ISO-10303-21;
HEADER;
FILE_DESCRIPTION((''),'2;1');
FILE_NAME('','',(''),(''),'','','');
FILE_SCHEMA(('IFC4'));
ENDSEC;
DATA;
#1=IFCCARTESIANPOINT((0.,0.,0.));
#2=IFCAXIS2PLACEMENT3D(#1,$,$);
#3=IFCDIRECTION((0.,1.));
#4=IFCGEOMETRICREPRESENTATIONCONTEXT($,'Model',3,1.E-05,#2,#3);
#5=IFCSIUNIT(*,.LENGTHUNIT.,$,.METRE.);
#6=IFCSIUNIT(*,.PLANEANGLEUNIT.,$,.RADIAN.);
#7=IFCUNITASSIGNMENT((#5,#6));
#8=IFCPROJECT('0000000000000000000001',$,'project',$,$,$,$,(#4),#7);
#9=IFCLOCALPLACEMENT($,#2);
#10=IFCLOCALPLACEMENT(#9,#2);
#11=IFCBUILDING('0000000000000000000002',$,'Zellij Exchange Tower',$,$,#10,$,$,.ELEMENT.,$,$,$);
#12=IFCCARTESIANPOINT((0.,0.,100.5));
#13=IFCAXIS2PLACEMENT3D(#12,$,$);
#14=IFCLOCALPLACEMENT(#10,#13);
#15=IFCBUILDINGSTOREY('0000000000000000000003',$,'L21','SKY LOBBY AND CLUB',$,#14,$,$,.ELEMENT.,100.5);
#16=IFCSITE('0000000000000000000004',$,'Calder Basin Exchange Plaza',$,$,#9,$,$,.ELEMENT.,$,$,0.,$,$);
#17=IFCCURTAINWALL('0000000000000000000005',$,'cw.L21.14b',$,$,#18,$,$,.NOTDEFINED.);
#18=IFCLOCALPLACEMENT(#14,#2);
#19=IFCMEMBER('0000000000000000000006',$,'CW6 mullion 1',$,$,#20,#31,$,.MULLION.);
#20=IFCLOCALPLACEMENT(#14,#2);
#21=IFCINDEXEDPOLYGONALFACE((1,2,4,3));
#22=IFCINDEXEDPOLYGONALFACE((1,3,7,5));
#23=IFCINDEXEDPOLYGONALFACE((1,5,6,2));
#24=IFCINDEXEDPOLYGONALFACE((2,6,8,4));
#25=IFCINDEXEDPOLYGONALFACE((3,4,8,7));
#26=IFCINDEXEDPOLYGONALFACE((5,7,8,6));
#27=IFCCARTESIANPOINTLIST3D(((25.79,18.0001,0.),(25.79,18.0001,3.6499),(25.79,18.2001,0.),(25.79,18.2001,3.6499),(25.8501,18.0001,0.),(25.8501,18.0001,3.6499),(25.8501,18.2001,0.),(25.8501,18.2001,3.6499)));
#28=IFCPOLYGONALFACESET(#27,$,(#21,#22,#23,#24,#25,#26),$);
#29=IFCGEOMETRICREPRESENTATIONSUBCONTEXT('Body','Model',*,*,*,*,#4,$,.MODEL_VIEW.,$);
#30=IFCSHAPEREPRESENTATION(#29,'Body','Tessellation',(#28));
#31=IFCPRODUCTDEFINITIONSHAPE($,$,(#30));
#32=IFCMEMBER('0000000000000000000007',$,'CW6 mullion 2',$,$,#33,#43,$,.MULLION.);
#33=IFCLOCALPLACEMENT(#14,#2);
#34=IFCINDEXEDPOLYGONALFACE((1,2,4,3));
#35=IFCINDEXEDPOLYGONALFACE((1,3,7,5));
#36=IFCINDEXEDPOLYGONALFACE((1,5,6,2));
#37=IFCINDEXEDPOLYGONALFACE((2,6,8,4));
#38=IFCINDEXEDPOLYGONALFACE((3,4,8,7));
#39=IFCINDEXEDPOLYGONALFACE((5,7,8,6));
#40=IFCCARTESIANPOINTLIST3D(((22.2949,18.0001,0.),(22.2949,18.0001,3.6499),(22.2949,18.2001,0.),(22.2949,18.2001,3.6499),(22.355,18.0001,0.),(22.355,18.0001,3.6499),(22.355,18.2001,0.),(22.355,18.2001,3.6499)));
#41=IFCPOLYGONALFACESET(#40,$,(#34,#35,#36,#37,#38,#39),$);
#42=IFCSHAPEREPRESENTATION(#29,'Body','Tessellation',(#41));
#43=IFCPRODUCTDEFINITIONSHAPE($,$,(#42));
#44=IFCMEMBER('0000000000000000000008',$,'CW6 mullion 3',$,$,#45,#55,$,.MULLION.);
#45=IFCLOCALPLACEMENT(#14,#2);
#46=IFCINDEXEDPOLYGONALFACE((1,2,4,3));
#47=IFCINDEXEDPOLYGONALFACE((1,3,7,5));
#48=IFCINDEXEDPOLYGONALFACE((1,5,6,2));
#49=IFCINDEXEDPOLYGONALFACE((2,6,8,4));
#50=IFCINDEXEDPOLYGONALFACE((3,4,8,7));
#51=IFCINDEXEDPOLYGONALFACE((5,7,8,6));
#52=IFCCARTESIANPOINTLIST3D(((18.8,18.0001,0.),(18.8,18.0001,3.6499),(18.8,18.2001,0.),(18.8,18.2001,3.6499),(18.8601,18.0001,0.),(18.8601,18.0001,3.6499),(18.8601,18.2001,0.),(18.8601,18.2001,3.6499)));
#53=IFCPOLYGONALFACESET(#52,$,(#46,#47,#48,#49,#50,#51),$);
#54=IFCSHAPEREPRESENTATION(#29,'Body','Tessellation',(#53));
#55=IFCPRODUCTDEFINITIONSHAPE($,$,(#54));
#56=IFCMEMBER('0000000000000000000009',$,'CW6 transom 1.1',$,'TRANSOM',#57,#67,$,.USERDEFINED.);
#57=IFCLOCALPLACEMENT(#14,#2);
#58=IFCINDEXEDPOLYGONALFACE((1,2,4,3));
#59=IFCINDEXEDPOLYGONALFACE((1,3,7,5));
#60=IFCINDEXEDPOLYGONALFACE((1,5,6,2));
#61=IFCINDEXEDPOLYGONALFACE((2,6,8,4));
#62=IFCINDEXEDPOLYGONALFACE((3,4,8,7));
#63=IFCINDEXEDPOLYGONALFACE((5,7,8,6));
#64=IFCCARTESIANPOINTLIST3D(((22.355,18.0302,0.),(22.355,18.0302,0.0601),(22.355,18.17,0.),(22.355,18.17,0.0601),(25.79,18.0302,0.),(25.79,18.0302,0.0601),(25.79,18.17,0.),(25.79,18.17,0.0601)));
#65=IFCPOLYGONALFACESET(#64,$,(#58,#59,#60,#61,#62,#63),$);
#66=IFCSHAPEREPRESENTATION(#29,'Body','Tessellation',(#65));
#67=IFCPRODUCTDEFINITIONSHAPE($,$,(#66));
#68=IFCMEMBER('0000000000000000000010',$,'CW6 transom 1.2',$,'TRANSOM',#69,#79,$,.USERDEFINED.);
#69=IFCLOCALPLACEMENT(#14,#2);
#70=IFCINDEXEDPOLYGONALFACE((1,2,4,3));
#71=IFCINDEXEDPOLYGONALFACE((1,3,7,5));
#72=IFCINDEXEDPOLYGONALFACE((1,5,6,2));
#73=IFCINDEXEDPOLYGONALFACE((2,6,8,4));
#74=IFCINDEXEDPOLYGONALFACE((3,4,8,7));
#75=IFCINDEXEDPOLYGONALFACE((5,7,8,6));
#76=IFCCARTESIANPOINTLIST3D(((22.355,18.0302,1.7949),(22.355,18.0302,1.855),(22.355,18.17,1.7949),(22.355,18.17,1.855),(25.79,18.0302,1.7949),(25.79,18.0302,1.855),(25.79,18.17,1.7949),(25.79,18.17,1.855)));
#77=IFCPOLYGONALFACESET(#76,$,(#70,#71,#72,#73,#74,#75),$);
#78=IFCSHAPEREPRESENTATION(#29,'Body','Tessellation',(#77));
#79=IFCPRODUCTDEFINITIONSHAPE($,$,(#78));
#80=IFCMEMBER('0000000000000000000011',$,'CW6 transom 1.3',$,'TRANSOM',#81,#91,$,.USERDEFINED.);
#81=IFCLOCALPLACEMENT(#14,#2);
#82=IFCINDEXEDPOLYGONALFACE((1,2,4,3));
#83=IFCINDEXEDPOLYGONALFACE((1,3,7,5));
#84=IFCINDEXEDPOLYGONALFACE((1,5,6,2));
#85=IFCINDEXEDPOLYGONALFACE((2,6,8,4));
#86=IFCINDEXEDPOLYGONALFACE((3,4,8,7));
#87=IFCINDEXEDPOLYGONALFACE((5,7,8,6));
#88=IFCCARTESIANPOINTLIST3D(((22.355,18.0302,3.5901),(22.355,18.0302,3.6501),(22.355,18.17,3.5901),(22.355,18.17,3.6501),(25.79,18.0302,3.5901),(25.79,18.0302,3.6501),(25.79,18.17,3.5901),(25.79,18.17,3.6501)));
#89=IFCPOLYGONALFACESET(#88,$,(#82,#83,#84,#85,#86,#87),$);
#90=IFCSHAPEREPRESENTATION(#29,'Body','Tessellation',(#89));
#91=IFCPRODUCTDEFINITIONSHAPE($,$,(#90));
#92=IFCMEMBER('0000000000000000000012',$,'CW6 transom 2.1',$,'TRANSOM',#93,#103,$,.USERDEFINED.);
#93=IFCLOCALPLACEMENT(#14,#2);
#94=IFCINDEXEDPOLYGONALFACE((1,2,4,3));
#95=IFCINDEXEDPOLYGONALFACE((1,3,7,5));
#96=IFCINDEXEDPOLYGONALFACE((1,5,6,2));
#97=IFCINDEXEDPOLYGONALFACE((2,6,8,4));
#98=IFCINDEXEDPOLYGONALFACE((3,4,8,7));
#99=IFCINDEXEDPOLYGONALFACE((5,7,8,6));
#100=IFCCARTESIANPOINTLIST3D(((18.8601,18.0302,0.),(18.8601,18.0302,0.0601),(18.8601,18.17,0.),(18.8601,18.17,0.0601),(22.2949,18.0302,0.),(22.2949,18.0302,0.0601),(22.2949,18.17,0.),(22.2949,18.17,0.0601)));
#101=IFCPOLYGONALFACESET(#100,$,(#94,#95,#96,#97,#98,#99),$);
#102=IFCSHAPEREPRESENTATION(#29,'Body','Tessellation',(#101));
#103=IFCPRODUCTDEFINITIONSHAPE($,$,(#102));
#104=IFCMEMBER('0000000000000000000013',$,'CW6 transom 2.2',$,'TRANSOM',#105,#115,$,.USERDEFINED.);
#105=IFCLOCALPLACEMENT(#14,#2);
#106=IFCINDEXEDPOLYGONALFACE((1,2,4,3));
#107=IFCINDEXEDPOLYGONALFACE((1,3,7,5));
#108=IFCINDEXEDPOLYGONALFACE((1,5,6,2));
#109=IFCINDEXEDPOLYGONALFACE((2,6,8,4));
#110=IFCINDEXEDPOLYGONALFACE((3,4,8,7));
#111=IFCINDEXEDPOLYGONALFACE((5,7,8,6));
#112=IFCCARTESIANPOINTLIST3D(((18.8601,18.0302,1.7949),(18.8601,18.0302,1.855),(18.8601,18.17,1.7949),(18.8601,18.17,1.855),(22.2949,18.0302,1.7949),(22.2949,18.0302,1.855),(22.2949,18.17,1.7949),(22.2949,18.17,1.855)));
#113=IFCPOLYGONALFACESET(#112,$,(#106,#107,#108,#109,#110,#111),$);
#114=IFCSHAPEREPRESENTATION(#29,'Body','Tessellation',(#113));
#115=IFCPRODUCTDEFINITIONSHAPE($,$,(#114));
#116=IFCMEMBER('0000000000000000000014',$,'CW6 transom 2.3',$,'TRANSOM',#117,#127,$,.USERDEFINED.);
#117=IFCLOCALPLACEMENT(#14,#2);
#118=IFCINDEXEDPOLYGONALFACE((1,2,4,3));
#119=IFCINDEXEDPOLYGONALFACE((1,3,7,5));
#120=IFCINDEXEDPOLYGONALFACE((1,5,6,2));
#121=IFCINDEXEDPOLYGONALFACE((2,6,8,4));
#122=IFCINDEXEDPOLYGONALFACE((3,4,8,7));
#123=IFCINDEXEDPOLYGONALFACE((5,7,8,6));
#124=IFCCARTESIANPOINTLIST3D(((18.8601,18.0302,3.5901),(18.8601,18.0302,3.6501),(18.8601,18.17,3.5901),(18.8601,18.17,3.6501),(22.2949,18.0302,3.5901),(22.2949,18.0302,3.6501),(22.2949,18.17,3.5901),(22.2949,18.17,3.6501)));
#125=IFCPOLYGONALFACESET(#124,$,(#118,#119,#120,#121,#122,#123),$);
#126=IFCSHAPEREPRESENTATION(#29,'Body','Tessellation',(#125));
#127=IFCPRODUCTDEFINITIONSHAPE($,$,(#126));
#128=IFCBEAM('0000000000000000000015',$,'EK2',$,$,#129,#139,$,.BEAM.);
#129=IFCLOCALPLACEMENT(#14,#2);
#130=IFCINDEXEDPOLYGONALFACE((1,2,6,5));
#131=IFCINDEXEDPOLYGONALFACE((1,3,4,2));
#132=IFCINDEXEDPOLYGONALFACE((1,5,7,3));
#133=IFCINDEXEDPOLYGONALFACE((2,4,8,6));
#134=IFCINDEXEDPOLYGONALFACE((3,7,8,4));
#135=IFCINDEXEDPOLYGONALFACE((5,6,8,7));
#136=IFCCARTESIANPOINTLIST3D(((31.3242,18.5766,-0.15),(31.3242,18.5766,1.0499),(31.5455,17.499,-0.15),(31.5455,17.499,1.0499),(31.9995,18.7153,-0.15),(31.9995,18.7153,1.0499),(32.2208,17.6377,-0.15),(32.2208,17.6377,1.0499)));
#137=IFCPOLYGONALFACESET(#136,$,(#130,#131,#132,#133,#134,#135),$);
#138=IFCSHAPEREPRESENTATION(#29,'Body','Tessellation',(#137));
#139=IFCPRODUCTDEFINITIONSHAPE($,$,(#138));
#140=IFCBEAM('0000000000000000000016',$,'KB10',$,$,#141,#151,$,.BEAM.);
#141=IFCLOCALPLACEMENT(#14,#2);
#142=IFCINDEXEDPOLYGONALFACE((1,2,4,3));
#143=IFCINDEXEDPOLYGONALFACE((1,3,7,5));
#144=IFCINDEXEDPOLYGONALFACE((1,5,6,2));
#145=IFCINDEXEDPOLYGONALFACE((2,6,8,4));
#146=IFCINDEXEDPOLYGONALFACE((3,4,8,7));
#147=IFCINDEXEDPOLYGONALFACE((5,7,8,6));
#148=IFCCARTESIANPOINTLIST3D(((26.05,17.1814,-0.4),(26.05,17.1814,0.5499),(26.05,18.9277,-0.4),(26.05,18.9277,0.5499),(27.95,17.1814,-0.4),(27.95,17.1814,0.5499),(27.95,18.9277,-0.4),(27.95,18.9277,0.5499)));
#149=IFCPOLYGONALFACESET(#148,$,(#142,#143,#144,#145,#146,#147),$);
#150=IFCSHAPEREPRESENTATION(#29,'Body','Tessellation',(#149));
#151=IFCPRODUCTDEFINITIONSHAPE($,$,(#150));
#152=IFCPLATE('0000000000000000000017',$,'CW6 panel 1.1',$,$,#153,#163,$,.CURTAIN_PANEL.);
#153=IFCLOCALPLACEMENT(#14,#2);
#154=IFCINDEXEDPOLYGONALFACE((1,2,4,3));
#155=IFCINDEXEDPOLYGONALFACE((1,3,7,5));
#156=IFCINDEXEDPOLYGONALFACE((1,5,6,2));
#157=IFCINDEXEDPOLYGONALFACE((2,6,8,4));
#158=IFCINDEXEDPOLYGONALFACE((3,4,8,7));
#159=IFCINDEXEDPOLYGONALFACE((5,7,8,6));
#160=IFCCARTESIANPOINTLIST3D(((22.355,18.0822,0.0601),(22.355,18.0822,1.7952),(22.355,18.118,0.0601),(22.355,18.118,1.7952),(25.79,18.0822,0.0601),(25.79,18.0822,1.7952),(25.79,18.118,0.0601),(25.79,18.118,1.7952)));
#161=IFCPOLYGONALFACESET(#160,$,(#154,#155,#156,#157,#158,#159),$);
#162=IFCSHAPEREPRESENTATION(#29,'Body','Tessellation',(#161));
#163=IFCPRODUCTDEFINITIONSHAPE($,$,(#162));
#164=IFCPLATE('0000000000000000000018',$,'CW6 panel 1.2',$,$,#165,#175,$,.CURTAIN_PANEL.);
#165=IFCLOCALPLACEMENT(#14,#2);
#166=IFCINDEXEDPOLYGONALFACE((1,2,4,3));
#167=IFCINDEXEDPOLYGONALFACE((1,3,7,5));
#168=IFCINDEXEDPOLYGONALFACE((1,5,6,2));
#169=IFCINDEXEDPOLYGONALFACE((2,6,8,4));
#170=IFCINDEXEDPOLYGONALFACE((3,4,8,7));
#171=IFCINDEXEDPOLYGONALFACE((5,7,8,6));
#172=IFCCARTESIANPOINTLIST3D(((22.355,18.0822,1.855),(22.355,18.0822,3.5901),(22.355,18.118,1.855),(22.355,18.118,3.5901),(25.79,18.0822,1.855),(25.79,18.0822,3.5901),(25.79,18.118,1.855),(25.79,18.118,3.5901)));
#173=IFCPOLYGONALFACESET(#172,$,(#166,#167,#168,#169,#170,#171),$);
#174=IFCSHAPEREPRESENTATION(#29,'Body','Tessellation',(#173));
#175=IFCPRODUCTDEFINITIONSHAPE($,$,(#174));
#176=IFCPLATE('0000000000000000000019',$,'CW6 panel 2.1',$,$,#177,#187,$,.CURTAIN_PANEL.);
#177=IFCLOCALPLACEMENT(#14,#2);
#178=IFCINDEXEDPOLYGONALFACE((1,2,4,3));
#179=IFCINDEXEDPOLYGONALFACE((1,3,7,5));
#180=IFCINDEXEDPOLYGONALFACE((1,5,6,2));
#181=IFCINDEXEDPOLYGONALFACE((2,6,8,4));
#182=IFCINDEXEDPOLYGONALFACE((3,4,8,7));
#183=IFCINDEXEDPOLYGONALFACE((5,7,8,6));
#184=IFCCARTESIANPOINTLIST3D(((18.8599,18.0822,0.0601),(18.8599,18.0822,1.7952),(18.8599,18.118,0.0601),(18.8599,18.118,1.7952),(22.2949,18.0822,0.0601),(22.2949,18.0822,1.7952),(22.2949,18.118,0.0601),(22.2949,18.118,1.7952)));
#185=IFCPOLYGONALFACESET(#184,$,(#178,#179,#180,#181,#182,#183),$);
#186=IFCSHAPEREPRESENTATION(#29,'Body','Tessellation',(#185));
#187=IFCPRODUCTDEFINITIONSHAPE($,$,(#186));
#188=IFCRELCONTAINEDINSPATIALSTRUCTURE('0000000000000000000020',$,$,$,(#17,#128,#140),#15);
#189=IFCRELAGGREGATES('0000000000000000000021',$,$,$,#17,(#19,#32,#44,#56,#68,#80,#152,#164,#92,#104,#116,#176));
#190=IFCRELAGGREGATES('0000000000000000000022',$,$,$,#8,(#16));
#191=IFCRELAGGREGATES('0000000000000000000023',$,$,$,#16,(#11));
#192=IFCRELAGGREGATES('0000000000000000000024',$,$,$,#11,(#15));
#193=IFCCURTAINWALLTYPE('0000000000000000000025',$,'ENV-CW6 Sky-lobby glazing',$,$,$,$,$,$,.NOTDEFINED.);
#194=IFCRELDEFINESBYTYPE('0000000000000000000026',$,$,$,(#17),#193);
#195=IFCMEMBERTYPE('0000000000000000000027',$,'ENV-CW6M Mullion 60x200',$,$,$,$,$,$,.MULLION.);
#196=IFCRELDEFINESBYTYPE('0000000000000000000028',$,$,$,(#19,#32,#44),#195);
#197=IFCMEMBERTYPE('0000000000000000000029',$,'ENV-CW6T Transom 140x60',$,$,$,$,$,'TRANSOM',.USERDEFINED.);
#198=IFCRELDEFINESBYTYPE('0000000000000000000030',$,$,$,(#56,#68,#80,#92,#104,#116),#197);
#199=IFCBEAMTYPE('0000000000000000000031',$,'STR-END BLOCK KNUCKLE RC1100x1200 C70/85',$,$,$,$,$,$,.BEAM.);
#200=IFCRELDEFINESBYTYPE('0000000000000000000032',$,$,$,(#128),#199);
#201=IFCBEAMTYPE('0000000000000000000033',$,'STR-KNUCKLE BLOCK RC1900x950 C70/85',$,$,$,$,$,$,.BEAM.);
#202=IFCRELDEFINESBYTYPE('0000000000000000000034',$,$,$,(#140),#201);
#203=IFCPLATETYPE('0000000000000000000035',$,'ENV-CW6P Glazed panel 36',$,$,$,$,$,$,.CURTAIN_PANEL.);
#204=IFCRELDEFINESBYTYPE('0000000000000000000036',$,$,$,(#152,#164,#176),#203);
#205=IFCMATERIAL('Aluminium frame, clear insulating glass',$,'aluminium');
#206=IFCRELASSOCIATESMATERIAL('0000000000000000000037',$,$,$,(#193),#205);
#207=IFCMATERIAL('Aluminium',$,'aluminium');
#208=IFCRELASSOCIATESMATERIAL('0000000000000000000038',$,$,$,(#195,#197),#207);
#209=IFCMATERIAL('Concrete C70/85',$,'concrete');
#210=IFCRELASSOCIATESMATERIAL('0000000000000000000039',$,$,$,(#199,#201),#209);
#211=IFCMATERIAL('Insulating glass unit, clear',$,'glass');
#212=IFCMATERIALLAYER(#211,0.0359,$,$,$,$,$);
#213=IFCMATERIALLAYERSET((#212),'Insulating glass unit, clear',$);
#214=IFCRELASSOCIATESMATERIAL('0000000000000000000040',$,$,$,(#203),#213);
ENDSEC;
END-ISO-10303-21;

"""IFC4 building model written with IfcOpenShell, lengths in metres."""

from ifc_helpers import new_model, si_unit, direction, frame, origin, origin_2d, place, context, subcontext, project, spatial, rectangle, extrude, material, layer, layer_set, material_profile, profile_set, type_object, element, aggregate, save


model = new_model("IFC4")

# Units and contexts
model_context = context("Model", 3, precision=1e-05, world=origin(), true_north=direction((0.0, 1.0)))
body_context = subcontext(model_context, "Body", "Model", "MODEL_VIEW")
ifc_project = project(units=[si_unit("LENGTHUNIT", "METRE"), si_unit("PLANEANGLEUNIT", "RADIAN")], contexts=[model_context])

# Site, building, storey
site_placement = place(None, origin())
site = spatial("IfcSite", under=ifc_project, at=site_placement, Name="Calder Basin Exchange Plaza", CompositionType="ELEMENT", RefElevation=0.0)
building_placement = place(site_placement, origin())
building = spatial("IfcBuilding", under=site, at=building_placement, Name="Zellij Exchange Tower", CompositionType="ELEMENT")
storey_placement = place(building_placement, frame((0.0, 0.0, 100.5)))
storey = spatial("IfcBuildingStorey", under=building, at=storey_placement, Name="L21", Description="SKY LOBBY AND CLUB", CompositionType="ELEMENT", Elevation=100.5)

# Shared definitions
ifc_material_1 = material(Name="Concrete C70/85", Category="concrete")

# Curtain wall, members
ifc_material_2 = material(Name="Aluminium frame, clear insulating glass", Category="aluminium")
curtain_wall_type = type_object("IfcCurtainWallType", Name="ENV-CW6 Sky-lobby glazing", PredefinedType="NOTDEFINED", material=ifc_material_2)
curtain_wall_placement = place(storey_placement, origin())
curtain_wall = element("IfcCurtainWall", 1, at=curtain_wall_placement, inside=storey, type_object=curtain_wall_type, Name="cw.L21.14b", PredefinedType="NOTDEFINED")
ifc_material_3 = material(Name="Aluminium", Category="aluminium")
ifc_material_profile_1 = material_profile(ifc_material_3, rectangle(XDim=0.0601, YDim=0.2, at=origin_2d()), Name="AL 60x200")
ifc_profile_set_1 = profile_set([ifc_material_profile_1], Name="Aluminium")
member_type_1 = type_object("IfcMemberType", Name="ENV-CW6M Mullion 60x200", PredefinedType="MULLION", material=ifc_profile_set_1)
member_1_placement = place(storey_placement, frame((25.8201, 18.1001, 0.0), z_axis=(0.0, 0.0, 1.0), x_axis=(-1.0, 0.0, 0.0)))
member_1 = element("IfcMember", 2, at=member_1_placement, type_object=member_type_1, Name="CW6 mullion 1", PredefinedType="MULLION", context=body_context, shape_type="SweptSolid", body=[
    extrude(rectangle(XDim=0.0601, YDim=0.2, at=origin_2d()), origin(), (0.0, 0.0, 1.0), 3.6499),
])
member_2_placement = place(storey_placement, frame((22.325, 18.1001, 0.0), z_axis=(0.0, 0.0, 1.0), x_axis=(-1.0, 0.0, 0.0)))
member_2 = element("IfcMember", 3, at=member_2_placement, type_object=member_type_1, Name="CW6 mullion 2", PredefinedType="MULLION", context=body_context, shape_type="SweptSolid", body=[
    extrude(rectangle(XDim=0.0601, YDim=0.2, at=origin_2d()), origin(), (0.0, 0.0, 1.0), 3.6499),
])
member_3_placement = place(storey_placement, frame((18.8301, 18.1001, 0.0), z_axis=(0.0, 0.0, 1.0), x_axis=(-1.0, 0.0, 0.0)))
member_3 = element("IfcMember", 4, at=member_3_placement, type_object=member_type_1, Name="CW6 mullion 3", PredefinedType="MULLION", context=body_context, shape_type="SweptSolid", body=[
    extrude(rectangle(XDim=0.0601, YDim=0.2, at=origin_2d()), origin(), (0.0, 0.0, 1.0), 3.6499),
])
ifc_material_profile_2 = material_profile(ifc_material_3, rectangle(XDim=0.1399, YDim=0.0601, at=origin_2d()), Name="AL 140x60")
ifc_profile_set_2 = profile_set([ifc_material_profile_2], Name="Aluminium")
member_type_2 = type_object("IfcMemberType", Name="ENV-CW6T Transom 140x60", ElementType="TRANSOM", PredefinedType="USERDEFINED", material=ifc_profile_set_2)
member_4_placement = place(storey_placement, frame((25.79, 18.1001, 0.03), z_axis=(-1.0, 0.0, 0.0), x_axis=(0.0, -1.0, 0.0)))
member_4 = element("IfcMember", 5, at=member_4_placement, type_object=member_type_2, Name="CW6 transom 1.1", ObjectType="TRANSOM", PredefinedType="USERDEFINED", context=body_context, shape_type="SweptSolid", body=[
    extrude(rectangle(XDim=0.1399, YDim=0.0601, at=origin_2d()), origin(), (0.0, 0.0, 1.0), 3.4351),
])
member_5_placement = place(storey_placement, frame((25.79, 18.1001, 1.825), z_axis=(-1.0, 0.0, 0.0), x_axis=(0.0, -1.0, 0.0)))
member_5 = element("IfcMember", 6, at=member_5_placement, type_object=member_type_2, Name="CW6 transom 1.2", ObjectType="TRANSOM", PredefinedType="USERDEFINED", context=body_context, shape_type="SweptSolid", body=[
    extrude(rectangle(XDim=0.1399, YDim=0.0601, at=origin_2d()), origin(), (0.0, 0.0, 1.0), 3.4351),
])
member_6_placement = place(storey_placement, frame((25.79, 18.1001, 3.6201), z_axis=(-1.0, 0.0, 0.0), x_axis=(0.0, -1.0, 0.0)))
member_6 = element("IfcMember", 7, at=member_6_placement, type_object=member_type_2, Name="CW6 transom 1.3", ObjectType="TRANSOM", PredefinedType="USERDEFINED", context=body_context, shape_type="SweptSolid", body=[
    extrude(rectangle(XDim=0.1399, YDim=0.0601, at=origin_2d()), origin(), (0.0, 0.0, 1.0), 3.4351),
])
member_7_placement = place(storey_placement, frame((22.2949, 18.1001, 0.03), z_axis=(-1.0, 0.0, 0.0), x_axis=(0.0, -1.0, 0.0)))
member_7 = element("IfcMember", 8, at=member_7_placement, type_object=member_type_2, Name="CW6 transom 2.1", ObjectType="TRANSOM", PredefinedType="USERDEFINED", context=body_context, shape_type="SweptSolid", body=[
    extrude(rectangle(XDim=0.1399, YDim=0.0601, at=origin_2d()), origin(), (0.0, 0.0, 1.0), 3.4348),
])
member_8_placement = place(storey_placement, frame((22.2949, 18.1001, 1.825), z_axis=(-1.0, 0.0, 0.0), x_axis=(0.0, -1.0, 0.0)))
member_8 = element("IfcMember", 9, at=member_8_placement, type_object=member_type_2, Name="CW6 transom 2.2", ObjectType="TRANSOM", PredefinedType="USERDEFINED", context=body_context, shape_type="SweptSolid", body=[
    extrude(rectangle(XDim=0.1399, YDim=0.0601, at=origin_2d()), origin(), (0.0, 0.0, 1.0), 3.4348),
])
member_9_placement = place(storey_placement, frame((22.2949, 18.1001, 3.6201), z_axis=(-1.0, 0.0, 0.0), x_axis=(0.0, -1.0, 0.0)))
member_9 = element("IfcMember", 10, at=member_9_placement, type_object=member_type_2, Name="CW6 transom 2.3", ObjectType="TRANSOM", PredefinedType="USERDEFINED", context=body_context, shape_type="SweptSolid", body=[
    extrude(rectangle(XDim=0.1399, YDim=0.0601, at=origin_2d()), origin(), (0.0, 0.0, 1.0), 3.4348),
])

# Beams
ifc_material_profile_3 = material_profile(ifc_material_1, rectangle(XDim=1.1001, YDim=1.2, at=origin_2d()), Name="STR-END BLOCK KNUCKLE RC1100x1200 C70/85")
ifc_profile_set_3 = profile_set([ifc_material_profile_3], Name="Concrete C70/85")
beam_type_1 = type_object("IfcBeamType", Name="STR-END BLOCK KNUCKLE RC1100x1200 C70/85", PredefinedType="BEAM", material=ifc_profile_set_3)
beam_1_placement = place(storey_placement, frame((31.4348, 18.0378, 0.45), z_axis=(0.97956, 0.201153, 0.0), x_axis=(-0.201153, 0.97956, 0.0)))
element("IfcBeam", 11, at=beam_1_placement, inside=storey, type_object=beam_type_1, Name="EK2", PredefinedType="BEAM", context=body_context, shape_type="SweptSolid", body=[
    extrude(rectangle(XDim=1.1001, YDim=1.2, at=origin_2d()), origin(), (0.0, 0.0, 1.0), 0.6895),
])
ifc_material_profile_4 = material_profile(ifc_material_1, rectangle(XDim=1.8999, YDim=0.95, at=origin_2d()), Name="STR-KNUCKLE BLOCK RC1900x950 C70/85")
ifc_profile_set_4 = profile_set([ifc_material_profile_4], Name="Concrete C70/85")
beam_type_2 = type_object("IfcBeamType", Name="STR-KNUCKLE BLOCK RC1900x950 C70/85", PredefinedType="BEAM", material=ifc_profile_set_4)
beam_2_placement = place(storey_placement, frame((27.0, 17.1814, 0.075), z_axis=(0.0, 1.0, 0.0), x_axis=(-1.0, 0.0, 0.0)))
element("IfcBeam", 12, at=beam_2_placement, inside=storey, type_object=beam_type_2, Name="KB10", PredefinedType="BEAM", context=body_context, shape_type="SweptSolid", body=[
    extrude(rectangle(XDim=1.8999, YDim=0.95, at=origin_2d()), origin(), (0.0, 0.0, 1.0), 1.7463),
])

# Plates
ifc_material_4 = material(Name="Insulating glass unit, clear", Category="glass")
ifc_layer_1 = layer(ifc_material_4, 0.0359)
ifc_layer_set_1 = layer_set([ifc_layer_1], Name="Insulating glass unit, clear")
plate_type = type_object("IfcPlateType", Name="ENV-CW6P Glazed panel 36", PredefinedType="CURTAIN_PANEL", material=ifc_layer_set_1)
plate_1_placement = place(storey_placement, frame((24.0725, 18.1001, 0.0601), z_axis=(0.0, 0.0, 1.0), x_axis=(-1.0, 0.0, 0.0)))
plate_1 = element("IfcPlate", 13, at=plate_1_placement, type_object=plate_type, Name="CW6 panel 1.1", PredefinedType="CURTAIN_PANEL", context=body_context, shape_type="SweptSolid", body=[
    extrude(rectangle(XDim=3.4351, YDim=0.0359, at=origin_2d()), origin(), (0.0, 0.0, 1.0), 1.7351),
])
plate_2_placement = place(storey_placement, frame((24.0725, 18.1001, 1.855), z_axis=(0.0, 0.0, 1.0), x_axis=(-1.0, 0.0, 0.0)))
plate_2 = element("IfcPlate", 14, at=plate_2_placement, type_object=plate_type, Name="CW6 panel 1.2", PredefinedType="CURTAIN_PANEL", context=body_context, shape_type="SweptSolid", body=[
    extrude(rectangle(XDim=3.4351, YDim=0.0359, at=origin_2d()), origin(), (0.0, 0.0, 1.0), 1.7351),
])
plate_3_placement = place(storey_placement, frame((20.5774, 18.1001, 0.0601), z_axis=(0.0, 0.0, 1.0), x_axis=(-1.0, 0.0, 0.0)))
plate_3 = element("IfcPlate", 15, at=plate_3_placement, type_object=plate_type, Name="CW6 panel 2.1", PredefinedType="CURTAIN_PANEL", context=body_context, shape_type="SweptSolid", body=[
    extrude(rectangle(XDim=3.4351, YDim=0.0359, at=origin_2d()), origin(), (0.0, 0.0, 1.0), 1.7351),
])
aggregate(curtain_wall, [member_1, member_2, member_3, member_4, member_5, member_6, plate_1, plate_2, member_7, member_8, member_9, plate_3])

save(model, "model.ifc")
